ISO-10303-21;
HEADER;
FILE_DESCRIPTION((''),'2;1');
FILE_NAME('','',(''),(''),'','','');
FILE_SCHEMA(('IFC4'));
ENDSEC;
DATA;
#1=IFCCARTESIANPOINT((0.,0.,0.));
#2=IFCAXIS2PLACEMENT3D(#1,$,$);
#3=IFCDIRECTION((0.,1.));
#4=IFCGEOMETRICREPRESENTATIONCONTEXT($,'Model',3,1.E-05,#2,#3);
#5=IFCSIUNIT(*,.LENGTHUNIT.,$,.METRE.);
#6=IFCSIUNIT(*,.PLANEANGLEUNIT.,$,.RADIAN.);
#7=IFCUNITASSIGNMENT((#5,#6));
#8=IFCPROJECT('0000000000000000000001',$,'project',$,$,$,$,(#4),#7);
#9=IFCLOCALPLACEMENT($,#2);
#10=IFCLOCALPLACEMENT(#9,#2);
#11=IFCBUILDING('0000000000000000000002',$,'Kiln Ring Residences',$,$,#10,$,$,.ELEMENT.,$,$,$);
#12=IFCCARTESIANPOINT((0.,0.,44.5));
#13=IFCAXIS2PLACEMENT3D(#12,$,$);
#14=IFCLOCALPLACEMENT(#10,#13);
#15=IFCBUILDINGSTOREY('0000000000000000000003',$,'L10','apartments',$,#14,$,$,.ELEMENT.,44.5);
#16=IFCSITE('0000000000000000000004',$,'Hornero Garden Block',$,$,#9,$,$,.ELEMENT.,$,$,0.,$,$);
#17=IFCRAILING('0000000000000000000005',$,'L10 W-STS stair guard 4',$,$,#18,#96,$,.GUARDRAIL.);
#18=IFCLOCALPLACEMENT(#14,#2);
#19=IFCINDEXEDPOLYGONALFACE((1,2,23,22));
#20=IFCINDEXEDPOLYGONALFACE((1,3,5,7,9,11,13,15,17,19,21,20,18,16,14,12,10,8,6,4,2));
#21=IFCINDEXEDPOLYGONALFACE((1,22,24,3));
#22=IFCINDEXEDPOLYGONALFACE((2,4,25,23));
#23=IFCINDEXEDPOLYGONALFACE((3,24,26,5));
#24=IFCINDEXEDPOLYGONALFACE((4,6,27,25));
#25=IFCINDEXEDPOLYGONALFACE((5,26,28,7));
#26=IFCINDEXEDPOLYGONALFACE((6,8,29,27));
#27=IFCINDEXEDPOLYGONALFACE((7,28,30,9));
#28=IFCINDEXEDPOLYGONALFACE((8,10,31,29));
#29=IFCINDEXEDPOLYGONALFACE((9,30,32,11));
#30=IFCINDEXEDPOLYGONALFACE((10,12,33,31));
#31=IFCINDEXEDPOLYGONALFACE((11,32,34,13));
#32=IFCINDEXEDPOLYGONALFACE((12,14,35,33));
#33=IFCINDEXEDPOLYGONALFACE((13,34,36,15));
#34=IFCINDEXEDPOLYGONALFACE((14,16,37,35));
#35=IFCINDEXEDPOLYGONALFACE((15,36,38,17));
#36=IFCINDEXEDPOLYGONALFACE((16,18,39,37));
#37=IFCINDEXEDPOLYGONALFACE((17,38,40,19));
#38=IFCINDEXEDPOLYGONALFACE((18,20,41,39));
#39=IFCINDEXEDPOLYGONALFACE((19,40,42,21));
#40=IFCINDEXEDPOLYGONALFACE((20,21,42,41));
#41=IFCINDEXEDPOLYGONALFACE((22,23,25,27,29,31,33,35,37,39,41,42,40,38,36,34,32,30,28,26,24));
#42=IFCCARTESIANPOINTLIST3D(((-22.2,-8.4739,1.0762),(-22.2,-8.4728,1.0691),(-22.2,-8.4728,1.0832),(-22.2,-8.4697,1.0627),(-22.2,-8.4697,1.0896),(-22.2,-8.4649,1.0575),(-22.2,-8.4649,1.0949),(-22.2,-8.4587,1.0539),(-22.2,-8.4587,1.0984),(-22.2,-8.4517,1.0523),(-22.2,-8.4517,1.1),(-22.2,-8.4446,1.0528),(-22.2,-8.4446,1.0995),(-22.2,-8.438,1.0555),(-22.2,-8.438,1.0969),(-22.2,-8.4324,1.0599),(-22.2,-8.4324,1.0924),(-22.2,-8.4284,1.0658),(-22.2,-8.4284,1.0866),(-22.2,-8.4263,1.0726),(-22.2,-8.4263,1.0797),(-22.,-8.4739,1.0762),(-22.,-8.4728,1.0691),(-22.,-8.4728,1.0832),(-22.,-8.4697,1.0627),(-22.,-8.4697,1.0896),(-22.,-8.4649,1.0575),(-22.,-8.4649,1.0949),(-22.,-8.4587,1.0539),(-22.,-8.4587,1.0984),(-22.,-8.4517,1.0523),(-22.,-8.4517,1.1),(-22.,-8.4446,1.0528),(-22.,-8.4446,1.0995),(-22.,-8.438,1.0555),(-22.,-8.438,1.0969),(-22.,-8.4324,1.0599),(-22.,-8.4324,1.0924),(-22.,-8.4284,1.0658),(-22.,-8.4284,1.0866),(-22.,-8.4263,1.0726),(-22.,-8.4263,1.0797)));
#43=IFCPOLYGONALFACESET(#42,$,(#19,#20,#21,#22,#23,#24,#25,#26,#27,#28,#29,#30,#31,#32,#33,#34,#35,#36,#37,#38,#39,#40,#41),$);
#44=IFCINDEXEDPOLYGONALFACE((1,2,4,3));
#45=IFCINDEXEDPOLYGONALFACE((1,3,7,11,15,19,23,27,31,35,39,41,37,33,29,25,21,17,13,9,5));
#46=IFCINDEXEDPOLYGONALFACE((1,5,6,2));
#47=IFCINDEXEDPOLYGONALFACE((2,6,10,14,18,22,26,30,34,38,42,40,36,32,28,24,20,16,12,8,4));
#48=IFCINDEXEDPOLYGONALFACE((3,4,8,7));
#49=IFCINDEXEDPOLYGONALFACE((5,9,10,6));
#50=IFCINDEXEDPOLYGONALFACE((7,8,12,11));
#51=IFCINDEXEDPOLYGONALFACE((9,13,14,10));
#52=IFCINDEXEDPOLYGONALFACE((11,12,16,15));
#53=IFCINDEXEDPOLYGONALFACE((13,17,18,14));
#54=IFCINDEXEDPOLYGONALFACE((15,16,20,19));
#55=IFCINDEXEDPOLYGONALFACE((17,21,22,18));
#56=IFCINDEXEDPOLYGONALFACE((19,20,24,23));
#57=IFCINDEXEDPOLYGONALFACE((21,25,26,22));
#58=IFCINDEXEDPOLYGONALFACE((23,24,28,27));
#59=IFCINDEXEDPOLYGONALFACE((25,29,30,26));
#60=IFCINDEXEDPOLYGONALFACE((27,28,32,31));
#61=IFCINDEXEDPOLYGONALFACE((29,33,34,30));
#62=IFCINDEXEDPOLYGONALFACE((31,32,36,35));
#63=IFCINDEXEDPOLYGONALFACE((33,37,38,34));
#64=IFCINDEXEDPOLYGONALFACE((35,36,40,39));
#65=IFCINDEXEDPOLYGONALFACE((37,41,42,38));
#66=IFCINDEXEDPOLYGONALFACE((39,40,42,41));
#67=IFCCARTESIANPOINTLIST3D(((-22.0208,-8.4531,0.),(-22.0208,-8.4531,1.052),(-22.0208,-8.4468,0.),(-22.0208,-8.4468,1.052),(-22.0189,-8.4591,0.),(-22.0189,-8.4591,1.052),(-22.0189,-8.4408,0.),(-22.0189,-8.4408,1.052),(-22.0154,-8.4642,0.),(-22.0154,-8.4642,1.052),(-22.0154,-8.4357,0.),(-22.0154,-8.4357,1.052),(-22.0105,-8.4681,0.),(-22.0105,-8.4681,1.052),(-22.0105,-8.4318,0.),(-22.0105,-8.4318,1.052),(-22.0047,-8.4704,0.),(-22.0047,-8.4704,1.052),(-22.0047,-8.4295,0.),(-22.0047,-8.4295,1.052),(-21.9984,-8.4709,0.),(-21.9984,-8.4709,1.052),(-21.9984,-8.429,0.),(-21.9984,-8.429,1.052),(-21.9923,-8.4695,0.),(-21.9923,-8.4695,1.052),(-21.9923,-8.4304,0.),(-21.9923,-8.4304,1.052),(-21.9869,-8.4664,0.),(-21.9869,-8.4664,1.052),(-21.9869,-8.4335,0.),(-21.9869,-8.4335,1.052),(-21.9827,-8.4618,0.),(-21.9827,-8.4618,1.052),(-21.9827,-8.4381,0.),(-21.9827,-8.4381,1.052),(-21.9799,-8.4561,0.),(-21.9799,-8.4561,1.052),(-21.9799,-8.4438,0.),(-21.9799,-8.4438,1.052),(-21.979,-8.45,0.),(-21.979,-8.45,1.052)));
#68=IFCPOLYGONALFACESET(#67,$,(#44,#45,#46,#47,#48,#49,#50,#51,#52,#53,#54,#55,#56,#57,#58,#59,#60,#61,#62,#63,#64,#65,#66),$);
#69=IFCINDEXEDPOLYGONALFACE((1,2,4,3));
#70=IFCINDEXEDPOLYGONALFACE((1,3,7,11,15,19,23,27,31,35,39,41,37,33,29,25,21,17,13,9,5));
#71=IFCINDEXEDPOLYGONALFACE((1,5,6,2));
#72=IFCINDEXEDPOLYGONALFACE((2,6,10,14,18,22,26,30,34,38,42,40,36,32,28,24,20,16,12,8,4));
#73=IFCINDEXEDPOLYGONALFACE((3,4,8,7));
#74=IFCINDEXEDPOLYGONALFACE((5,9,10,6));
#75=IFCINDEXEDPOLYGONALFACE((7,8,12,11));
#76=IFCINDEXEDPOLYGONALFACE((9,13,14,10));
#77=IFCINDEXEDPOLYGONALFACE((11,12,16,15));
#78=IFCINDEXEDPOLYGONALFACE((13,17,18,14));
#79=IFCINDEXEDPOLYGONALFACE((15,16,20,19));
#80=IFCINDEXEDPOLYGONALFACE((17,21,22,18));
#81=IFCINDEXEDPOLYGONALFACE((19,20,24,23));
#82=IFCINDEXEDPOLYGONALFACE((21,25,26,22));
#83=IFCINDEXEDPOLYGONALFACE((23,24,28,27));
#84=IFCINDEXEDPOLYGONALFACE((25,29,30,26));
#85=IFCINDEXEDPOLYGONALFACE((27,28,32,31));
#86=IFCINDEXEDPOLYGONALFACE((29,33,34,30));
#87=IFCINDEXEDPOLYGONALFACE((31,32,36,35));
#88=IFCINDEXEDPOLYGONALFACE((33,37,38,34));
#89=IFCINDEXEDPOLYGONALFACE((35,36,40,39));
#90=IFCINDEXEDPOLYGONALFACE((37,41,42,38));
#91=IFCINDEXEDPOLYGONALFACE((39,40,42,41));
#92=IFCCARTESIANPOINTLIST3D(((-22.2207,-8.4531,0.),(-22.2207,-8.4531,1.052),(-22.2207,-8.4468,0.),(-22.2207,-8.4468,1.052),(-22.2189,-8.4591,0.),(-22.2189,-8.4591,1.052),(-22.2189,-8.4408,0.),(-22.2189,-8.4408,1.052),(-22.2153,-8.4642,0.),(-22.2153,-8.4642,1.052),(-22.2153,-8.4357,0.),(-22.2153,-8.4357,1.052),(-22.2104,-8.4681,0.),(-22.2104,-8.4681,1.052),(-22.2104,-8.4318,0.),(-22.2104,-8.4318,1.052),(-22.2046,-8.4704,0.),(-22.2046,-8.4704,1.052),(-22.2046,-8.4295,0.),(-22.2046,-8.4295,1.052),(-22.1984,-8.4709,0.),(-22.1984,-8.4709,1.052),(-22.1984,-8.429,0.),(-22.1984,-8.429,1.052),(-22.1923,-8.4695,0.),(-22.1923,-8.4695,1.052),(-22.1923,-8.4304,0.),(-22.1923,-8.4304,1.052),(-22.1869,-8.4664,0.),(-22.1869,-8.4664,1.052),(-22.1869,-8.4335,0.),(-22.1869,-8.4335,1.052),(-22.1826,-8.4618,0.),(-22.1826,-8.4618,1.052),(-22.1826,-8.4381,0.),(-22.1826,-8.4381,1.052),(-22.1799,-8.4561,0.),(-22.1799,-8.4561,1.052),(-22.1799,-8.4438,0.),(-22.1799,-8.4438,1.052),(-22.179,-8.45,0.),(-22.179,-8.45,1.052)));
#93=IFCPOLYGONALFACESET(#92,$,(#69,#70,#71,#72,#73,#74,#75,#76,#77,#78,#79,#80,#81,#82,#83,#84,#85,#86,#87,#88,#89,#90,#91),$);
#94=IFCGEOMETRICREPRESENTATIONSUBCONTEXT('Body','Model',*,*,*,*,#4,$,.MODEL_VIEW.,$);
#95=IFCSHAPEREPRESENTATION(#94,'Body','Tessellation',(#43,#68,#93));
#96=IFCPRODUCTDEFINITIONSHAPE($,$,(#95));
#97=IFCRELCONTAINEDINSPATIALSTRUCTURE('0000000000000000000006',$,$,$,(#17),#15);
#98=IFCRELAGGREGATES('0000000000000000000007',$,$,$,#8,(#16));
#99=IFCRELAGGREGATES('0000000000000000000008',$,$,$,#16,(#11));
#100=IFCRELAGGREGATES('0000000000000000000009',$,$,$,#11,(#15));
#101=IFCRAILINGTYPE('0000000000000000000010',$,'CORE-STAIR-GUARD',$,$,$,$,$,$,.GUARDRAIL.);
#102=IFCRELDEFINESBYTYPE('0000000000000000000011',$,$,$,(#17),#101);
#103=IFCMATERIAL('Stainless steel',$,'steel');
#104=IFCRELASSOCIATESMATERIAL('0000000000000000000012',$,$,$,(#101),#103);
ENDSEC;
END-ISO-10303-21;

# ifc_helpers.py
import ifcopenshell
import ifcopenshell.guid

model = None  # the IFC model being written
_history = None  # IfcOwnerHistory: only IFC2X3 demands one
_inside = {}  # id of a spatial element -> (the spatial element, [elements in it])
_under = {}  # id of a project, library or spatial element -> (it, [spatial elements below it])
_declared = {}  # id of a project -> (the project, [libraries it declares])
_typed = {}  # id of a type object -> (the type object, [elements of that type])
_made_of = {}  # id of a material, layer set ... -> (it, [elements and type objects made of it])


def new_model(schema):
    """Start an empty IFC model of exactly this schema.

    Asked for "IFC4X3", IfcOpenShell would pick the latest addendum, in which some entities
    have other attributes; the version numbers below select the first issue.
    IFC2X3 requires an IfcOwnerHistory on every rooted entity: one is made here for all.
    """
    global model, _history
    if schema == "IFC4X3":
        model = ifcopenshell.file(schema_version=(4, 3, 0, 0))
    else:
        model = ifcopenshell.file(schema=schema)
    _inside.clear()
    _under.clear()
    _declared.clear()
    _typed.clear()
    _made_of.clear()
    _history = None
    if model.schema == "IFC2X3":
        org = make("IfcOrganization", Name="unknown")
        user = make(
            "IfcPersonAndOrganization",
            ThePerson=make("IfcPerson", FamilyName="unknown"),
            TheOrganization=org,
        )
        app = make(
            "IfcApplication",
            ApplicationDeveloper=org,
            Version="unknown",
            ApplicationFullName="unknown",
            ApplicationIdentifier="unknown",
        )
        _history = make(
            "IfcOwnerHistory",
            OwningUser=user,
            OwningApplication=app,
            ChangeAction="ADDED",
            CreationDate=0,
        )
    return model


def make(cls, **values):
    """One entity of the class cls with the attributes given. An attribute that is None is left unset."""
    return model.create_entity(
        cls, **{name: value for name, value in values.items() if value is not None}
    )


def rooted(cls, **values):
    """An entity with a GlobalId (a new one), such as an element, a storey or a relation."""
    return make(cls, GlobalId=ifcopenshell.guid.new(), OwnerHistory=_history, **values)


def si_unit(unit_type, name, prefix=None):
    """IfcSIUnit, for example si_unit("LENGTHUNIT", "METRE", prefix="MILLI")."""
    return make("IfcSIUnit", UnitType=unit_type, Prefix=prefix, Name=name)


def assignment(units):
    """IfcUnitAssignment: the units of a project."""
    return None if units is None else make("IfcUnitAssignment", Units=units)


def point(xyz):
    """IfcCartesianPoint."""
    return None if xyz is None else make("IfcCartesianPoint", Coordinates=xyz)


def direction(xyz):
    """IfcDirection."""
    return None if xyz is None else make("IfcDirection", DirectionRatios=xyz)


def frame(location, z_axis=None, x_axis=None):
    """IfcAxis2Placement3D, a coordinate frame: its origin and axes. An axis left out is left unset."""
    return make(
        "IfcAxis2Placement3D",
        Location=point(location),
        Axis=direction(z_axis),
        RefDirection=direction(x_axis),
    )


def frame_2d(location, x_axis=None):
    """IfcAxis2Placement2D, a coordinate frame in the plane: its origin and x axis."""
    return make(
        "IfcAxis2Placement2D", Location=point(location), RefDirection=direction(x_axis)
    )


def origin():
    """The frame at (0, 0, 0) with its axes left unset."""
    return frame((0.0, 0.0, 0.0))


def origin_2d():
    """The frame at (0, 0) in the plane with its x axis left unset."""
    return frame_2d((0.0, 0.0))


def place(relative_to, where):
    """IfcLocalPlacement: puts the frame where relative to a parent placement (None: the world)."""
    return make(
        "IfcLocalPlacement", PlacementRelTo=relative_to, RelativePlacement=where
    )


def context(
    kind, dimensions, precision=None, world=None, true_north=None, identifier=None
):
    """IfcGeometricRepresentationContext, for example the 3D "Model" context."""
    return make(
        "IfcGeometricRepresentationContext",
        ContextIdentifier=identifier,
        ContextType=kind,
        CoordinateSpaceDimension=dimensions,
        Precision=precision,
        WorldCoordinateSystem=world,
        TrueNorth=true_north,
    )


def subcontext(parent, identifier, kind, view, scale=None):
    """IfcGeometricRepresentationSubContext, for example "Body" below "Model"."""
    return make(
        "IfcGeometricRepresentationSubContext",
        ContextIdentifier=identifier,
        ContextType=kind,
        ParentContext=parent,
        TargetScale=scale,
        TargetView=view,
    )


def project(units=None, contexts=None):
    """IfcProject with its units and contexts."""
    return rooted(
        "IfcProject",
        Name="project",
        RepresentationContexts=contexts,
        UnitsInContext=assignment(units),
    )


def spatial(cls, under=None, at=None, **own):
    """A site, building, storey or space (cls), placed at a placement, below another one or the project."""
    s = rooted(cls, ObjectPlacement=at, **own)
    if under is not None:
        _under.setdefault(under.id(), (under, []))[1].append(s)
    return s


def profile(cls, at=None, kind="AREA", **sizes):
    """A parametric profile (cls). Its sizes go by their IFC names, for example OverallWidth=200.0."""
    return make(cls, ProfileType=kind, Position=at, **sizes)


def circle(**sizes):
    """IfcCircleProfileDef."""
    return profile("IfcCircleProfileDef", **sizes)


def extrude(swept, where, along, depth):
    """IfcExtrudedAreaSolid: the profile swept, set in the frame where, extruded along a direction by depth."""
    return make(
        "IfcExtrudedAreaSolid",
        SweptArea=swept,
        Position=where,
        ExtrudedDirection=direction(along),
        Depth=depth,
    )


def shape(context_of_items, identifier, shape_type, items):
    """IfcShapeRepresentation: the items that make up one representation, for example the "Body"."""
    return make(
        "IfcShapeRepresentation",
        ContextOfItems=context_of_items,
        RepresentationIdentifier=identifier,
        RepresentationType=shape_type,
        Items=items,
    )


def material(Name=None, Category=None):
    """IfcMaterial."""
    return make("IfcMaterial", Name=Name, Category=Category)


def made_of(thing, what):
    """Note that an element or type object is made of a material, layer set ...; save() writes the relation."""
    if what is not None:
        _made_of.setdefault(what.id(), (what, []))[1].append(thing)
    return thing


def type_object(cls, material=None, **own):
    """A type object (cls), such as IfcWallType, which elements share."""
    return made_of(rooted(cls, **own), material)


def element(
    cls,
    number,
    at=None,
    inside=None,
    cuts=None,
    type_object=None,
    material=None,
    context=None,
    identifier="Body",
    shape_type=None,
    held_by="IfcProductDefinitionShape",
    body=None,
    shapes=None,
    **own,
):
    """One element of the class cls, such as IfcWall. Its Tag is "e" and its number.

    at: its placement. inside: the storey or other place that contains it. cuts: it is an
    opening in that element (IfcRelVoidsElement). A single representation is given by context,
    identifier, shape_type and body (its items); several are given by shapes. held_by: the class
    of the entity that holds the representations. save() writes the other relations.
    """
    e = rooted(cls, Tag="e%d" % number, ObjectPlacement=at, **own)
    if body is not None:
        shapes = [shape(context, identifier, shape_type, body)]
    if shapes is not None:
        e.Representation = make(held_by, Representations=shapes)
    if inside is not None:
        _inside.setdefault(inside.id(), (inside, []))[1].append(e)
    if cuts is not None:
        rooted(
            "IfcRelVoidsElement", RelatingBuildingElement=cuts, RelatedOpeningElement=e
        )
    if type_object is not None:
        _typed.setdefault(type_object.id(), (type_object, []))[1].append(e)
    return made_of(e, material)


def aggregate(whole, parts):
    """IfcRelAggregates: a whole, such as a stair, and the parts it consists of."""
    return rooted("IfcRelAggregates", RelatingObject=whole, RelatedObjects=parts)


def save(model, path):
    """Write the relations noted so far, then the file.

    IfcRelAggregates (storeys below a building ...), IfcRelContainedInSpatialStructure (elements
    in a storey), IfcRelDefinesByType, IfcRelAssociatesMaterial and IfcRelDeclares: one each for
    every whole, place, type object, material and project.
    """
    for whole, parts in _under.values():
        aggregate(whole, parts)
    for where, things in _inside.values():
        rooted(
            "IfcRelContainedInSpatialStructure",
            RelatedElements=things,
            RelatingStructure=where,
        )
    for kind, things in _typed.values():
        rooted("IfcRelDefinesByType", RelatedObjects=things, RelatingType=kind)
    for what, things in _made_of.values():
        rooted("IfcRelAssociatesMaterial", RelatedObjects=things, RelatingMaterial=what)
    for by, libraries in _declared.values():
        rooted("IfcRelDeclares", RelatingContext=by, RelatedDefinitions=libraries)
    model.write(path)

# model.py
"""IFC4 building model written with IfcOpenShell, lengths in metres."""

from ifc_helpers import new_model, si_unit, direction, frame, origin, origin_2d, place, context, subcontext, project, spatial, circle, extrude, material, type_object, element, save


model = new_model("IFC4")

# Units and contexts
model_context = context("Model", 3, precision=1e-05, world=origin(), true_north=direction((0.0, 1.0)))
body_context = subcontext(model_context, "Body", "Model", "MODEL_VIEW")
ifc_project = project(units=[si_unit("LENGTHUNIT", "METRE"), si_unit("PLANEANGLEUNIT", "RADIAN")], contexts=[model_context])

# Site, building, storey
site_placement = place(None, origin())
site = spatial("IfcSite", under=ifc_project, at=site_placement, Name="Hornero Garden Block", CompositionType="ELEMENT", RefElevation=0.0)
building_placement = place(site_placement, origin())
building = spatial("IfcBuilding", under=site, at=building_placement, Name="Kiln Ring Residences", CompositionType="ELEMENT")
storey_placement = place(building_placement, frame((0.0, 0.0, 44.5)))
storey = spatial("IfcBuildingStorey", under=building, at=storey_placement, Name="L10", Description="apartments", CompositionType="ELEMENT", Elevation=44.5)

# Railing
ifc_material_1 = material(Name="Stainless steel", Category="steel")
railing_type_1 = type_object("IfcRailingType", Name="CORE-STAIR-GUARD", PredefinedType="GUARDRAIL", material=ifc_material_1)
railing_1_placement = place(storey_placement, frame((-22.0, -8.45, 0.0)))
element("IfcRailing", 1, at=railing_1_placement, inside=storey, type_object=railing_type_1, Name="L10 W-STS stair guard 4", PredefinedType="GUARDRAIL", context=body_context, shape_type="SweptSolid", body=[
    extrude(circle(Radius=0.0239, at=origin_2d()), frame((0.0, 0.0, 1.0762), z_axis=(-1.0, 0.0, 0.0), x_axis=(0.0, -1.0, 0.0)), (0.0, 0.0, 1.0), 0.2),
    extrude(circle(Radius=0.021, at=origin_2d()), origin(), (0.0, 0.0, 1.0), 1.052),
    extrude(circle(Radius=0.021, at=origin_2d()), frame((-0.2, 0.0, 0.0)), (0.0, 0.0, 1.0), 1.052),
])

save(model, "model.ifc")
